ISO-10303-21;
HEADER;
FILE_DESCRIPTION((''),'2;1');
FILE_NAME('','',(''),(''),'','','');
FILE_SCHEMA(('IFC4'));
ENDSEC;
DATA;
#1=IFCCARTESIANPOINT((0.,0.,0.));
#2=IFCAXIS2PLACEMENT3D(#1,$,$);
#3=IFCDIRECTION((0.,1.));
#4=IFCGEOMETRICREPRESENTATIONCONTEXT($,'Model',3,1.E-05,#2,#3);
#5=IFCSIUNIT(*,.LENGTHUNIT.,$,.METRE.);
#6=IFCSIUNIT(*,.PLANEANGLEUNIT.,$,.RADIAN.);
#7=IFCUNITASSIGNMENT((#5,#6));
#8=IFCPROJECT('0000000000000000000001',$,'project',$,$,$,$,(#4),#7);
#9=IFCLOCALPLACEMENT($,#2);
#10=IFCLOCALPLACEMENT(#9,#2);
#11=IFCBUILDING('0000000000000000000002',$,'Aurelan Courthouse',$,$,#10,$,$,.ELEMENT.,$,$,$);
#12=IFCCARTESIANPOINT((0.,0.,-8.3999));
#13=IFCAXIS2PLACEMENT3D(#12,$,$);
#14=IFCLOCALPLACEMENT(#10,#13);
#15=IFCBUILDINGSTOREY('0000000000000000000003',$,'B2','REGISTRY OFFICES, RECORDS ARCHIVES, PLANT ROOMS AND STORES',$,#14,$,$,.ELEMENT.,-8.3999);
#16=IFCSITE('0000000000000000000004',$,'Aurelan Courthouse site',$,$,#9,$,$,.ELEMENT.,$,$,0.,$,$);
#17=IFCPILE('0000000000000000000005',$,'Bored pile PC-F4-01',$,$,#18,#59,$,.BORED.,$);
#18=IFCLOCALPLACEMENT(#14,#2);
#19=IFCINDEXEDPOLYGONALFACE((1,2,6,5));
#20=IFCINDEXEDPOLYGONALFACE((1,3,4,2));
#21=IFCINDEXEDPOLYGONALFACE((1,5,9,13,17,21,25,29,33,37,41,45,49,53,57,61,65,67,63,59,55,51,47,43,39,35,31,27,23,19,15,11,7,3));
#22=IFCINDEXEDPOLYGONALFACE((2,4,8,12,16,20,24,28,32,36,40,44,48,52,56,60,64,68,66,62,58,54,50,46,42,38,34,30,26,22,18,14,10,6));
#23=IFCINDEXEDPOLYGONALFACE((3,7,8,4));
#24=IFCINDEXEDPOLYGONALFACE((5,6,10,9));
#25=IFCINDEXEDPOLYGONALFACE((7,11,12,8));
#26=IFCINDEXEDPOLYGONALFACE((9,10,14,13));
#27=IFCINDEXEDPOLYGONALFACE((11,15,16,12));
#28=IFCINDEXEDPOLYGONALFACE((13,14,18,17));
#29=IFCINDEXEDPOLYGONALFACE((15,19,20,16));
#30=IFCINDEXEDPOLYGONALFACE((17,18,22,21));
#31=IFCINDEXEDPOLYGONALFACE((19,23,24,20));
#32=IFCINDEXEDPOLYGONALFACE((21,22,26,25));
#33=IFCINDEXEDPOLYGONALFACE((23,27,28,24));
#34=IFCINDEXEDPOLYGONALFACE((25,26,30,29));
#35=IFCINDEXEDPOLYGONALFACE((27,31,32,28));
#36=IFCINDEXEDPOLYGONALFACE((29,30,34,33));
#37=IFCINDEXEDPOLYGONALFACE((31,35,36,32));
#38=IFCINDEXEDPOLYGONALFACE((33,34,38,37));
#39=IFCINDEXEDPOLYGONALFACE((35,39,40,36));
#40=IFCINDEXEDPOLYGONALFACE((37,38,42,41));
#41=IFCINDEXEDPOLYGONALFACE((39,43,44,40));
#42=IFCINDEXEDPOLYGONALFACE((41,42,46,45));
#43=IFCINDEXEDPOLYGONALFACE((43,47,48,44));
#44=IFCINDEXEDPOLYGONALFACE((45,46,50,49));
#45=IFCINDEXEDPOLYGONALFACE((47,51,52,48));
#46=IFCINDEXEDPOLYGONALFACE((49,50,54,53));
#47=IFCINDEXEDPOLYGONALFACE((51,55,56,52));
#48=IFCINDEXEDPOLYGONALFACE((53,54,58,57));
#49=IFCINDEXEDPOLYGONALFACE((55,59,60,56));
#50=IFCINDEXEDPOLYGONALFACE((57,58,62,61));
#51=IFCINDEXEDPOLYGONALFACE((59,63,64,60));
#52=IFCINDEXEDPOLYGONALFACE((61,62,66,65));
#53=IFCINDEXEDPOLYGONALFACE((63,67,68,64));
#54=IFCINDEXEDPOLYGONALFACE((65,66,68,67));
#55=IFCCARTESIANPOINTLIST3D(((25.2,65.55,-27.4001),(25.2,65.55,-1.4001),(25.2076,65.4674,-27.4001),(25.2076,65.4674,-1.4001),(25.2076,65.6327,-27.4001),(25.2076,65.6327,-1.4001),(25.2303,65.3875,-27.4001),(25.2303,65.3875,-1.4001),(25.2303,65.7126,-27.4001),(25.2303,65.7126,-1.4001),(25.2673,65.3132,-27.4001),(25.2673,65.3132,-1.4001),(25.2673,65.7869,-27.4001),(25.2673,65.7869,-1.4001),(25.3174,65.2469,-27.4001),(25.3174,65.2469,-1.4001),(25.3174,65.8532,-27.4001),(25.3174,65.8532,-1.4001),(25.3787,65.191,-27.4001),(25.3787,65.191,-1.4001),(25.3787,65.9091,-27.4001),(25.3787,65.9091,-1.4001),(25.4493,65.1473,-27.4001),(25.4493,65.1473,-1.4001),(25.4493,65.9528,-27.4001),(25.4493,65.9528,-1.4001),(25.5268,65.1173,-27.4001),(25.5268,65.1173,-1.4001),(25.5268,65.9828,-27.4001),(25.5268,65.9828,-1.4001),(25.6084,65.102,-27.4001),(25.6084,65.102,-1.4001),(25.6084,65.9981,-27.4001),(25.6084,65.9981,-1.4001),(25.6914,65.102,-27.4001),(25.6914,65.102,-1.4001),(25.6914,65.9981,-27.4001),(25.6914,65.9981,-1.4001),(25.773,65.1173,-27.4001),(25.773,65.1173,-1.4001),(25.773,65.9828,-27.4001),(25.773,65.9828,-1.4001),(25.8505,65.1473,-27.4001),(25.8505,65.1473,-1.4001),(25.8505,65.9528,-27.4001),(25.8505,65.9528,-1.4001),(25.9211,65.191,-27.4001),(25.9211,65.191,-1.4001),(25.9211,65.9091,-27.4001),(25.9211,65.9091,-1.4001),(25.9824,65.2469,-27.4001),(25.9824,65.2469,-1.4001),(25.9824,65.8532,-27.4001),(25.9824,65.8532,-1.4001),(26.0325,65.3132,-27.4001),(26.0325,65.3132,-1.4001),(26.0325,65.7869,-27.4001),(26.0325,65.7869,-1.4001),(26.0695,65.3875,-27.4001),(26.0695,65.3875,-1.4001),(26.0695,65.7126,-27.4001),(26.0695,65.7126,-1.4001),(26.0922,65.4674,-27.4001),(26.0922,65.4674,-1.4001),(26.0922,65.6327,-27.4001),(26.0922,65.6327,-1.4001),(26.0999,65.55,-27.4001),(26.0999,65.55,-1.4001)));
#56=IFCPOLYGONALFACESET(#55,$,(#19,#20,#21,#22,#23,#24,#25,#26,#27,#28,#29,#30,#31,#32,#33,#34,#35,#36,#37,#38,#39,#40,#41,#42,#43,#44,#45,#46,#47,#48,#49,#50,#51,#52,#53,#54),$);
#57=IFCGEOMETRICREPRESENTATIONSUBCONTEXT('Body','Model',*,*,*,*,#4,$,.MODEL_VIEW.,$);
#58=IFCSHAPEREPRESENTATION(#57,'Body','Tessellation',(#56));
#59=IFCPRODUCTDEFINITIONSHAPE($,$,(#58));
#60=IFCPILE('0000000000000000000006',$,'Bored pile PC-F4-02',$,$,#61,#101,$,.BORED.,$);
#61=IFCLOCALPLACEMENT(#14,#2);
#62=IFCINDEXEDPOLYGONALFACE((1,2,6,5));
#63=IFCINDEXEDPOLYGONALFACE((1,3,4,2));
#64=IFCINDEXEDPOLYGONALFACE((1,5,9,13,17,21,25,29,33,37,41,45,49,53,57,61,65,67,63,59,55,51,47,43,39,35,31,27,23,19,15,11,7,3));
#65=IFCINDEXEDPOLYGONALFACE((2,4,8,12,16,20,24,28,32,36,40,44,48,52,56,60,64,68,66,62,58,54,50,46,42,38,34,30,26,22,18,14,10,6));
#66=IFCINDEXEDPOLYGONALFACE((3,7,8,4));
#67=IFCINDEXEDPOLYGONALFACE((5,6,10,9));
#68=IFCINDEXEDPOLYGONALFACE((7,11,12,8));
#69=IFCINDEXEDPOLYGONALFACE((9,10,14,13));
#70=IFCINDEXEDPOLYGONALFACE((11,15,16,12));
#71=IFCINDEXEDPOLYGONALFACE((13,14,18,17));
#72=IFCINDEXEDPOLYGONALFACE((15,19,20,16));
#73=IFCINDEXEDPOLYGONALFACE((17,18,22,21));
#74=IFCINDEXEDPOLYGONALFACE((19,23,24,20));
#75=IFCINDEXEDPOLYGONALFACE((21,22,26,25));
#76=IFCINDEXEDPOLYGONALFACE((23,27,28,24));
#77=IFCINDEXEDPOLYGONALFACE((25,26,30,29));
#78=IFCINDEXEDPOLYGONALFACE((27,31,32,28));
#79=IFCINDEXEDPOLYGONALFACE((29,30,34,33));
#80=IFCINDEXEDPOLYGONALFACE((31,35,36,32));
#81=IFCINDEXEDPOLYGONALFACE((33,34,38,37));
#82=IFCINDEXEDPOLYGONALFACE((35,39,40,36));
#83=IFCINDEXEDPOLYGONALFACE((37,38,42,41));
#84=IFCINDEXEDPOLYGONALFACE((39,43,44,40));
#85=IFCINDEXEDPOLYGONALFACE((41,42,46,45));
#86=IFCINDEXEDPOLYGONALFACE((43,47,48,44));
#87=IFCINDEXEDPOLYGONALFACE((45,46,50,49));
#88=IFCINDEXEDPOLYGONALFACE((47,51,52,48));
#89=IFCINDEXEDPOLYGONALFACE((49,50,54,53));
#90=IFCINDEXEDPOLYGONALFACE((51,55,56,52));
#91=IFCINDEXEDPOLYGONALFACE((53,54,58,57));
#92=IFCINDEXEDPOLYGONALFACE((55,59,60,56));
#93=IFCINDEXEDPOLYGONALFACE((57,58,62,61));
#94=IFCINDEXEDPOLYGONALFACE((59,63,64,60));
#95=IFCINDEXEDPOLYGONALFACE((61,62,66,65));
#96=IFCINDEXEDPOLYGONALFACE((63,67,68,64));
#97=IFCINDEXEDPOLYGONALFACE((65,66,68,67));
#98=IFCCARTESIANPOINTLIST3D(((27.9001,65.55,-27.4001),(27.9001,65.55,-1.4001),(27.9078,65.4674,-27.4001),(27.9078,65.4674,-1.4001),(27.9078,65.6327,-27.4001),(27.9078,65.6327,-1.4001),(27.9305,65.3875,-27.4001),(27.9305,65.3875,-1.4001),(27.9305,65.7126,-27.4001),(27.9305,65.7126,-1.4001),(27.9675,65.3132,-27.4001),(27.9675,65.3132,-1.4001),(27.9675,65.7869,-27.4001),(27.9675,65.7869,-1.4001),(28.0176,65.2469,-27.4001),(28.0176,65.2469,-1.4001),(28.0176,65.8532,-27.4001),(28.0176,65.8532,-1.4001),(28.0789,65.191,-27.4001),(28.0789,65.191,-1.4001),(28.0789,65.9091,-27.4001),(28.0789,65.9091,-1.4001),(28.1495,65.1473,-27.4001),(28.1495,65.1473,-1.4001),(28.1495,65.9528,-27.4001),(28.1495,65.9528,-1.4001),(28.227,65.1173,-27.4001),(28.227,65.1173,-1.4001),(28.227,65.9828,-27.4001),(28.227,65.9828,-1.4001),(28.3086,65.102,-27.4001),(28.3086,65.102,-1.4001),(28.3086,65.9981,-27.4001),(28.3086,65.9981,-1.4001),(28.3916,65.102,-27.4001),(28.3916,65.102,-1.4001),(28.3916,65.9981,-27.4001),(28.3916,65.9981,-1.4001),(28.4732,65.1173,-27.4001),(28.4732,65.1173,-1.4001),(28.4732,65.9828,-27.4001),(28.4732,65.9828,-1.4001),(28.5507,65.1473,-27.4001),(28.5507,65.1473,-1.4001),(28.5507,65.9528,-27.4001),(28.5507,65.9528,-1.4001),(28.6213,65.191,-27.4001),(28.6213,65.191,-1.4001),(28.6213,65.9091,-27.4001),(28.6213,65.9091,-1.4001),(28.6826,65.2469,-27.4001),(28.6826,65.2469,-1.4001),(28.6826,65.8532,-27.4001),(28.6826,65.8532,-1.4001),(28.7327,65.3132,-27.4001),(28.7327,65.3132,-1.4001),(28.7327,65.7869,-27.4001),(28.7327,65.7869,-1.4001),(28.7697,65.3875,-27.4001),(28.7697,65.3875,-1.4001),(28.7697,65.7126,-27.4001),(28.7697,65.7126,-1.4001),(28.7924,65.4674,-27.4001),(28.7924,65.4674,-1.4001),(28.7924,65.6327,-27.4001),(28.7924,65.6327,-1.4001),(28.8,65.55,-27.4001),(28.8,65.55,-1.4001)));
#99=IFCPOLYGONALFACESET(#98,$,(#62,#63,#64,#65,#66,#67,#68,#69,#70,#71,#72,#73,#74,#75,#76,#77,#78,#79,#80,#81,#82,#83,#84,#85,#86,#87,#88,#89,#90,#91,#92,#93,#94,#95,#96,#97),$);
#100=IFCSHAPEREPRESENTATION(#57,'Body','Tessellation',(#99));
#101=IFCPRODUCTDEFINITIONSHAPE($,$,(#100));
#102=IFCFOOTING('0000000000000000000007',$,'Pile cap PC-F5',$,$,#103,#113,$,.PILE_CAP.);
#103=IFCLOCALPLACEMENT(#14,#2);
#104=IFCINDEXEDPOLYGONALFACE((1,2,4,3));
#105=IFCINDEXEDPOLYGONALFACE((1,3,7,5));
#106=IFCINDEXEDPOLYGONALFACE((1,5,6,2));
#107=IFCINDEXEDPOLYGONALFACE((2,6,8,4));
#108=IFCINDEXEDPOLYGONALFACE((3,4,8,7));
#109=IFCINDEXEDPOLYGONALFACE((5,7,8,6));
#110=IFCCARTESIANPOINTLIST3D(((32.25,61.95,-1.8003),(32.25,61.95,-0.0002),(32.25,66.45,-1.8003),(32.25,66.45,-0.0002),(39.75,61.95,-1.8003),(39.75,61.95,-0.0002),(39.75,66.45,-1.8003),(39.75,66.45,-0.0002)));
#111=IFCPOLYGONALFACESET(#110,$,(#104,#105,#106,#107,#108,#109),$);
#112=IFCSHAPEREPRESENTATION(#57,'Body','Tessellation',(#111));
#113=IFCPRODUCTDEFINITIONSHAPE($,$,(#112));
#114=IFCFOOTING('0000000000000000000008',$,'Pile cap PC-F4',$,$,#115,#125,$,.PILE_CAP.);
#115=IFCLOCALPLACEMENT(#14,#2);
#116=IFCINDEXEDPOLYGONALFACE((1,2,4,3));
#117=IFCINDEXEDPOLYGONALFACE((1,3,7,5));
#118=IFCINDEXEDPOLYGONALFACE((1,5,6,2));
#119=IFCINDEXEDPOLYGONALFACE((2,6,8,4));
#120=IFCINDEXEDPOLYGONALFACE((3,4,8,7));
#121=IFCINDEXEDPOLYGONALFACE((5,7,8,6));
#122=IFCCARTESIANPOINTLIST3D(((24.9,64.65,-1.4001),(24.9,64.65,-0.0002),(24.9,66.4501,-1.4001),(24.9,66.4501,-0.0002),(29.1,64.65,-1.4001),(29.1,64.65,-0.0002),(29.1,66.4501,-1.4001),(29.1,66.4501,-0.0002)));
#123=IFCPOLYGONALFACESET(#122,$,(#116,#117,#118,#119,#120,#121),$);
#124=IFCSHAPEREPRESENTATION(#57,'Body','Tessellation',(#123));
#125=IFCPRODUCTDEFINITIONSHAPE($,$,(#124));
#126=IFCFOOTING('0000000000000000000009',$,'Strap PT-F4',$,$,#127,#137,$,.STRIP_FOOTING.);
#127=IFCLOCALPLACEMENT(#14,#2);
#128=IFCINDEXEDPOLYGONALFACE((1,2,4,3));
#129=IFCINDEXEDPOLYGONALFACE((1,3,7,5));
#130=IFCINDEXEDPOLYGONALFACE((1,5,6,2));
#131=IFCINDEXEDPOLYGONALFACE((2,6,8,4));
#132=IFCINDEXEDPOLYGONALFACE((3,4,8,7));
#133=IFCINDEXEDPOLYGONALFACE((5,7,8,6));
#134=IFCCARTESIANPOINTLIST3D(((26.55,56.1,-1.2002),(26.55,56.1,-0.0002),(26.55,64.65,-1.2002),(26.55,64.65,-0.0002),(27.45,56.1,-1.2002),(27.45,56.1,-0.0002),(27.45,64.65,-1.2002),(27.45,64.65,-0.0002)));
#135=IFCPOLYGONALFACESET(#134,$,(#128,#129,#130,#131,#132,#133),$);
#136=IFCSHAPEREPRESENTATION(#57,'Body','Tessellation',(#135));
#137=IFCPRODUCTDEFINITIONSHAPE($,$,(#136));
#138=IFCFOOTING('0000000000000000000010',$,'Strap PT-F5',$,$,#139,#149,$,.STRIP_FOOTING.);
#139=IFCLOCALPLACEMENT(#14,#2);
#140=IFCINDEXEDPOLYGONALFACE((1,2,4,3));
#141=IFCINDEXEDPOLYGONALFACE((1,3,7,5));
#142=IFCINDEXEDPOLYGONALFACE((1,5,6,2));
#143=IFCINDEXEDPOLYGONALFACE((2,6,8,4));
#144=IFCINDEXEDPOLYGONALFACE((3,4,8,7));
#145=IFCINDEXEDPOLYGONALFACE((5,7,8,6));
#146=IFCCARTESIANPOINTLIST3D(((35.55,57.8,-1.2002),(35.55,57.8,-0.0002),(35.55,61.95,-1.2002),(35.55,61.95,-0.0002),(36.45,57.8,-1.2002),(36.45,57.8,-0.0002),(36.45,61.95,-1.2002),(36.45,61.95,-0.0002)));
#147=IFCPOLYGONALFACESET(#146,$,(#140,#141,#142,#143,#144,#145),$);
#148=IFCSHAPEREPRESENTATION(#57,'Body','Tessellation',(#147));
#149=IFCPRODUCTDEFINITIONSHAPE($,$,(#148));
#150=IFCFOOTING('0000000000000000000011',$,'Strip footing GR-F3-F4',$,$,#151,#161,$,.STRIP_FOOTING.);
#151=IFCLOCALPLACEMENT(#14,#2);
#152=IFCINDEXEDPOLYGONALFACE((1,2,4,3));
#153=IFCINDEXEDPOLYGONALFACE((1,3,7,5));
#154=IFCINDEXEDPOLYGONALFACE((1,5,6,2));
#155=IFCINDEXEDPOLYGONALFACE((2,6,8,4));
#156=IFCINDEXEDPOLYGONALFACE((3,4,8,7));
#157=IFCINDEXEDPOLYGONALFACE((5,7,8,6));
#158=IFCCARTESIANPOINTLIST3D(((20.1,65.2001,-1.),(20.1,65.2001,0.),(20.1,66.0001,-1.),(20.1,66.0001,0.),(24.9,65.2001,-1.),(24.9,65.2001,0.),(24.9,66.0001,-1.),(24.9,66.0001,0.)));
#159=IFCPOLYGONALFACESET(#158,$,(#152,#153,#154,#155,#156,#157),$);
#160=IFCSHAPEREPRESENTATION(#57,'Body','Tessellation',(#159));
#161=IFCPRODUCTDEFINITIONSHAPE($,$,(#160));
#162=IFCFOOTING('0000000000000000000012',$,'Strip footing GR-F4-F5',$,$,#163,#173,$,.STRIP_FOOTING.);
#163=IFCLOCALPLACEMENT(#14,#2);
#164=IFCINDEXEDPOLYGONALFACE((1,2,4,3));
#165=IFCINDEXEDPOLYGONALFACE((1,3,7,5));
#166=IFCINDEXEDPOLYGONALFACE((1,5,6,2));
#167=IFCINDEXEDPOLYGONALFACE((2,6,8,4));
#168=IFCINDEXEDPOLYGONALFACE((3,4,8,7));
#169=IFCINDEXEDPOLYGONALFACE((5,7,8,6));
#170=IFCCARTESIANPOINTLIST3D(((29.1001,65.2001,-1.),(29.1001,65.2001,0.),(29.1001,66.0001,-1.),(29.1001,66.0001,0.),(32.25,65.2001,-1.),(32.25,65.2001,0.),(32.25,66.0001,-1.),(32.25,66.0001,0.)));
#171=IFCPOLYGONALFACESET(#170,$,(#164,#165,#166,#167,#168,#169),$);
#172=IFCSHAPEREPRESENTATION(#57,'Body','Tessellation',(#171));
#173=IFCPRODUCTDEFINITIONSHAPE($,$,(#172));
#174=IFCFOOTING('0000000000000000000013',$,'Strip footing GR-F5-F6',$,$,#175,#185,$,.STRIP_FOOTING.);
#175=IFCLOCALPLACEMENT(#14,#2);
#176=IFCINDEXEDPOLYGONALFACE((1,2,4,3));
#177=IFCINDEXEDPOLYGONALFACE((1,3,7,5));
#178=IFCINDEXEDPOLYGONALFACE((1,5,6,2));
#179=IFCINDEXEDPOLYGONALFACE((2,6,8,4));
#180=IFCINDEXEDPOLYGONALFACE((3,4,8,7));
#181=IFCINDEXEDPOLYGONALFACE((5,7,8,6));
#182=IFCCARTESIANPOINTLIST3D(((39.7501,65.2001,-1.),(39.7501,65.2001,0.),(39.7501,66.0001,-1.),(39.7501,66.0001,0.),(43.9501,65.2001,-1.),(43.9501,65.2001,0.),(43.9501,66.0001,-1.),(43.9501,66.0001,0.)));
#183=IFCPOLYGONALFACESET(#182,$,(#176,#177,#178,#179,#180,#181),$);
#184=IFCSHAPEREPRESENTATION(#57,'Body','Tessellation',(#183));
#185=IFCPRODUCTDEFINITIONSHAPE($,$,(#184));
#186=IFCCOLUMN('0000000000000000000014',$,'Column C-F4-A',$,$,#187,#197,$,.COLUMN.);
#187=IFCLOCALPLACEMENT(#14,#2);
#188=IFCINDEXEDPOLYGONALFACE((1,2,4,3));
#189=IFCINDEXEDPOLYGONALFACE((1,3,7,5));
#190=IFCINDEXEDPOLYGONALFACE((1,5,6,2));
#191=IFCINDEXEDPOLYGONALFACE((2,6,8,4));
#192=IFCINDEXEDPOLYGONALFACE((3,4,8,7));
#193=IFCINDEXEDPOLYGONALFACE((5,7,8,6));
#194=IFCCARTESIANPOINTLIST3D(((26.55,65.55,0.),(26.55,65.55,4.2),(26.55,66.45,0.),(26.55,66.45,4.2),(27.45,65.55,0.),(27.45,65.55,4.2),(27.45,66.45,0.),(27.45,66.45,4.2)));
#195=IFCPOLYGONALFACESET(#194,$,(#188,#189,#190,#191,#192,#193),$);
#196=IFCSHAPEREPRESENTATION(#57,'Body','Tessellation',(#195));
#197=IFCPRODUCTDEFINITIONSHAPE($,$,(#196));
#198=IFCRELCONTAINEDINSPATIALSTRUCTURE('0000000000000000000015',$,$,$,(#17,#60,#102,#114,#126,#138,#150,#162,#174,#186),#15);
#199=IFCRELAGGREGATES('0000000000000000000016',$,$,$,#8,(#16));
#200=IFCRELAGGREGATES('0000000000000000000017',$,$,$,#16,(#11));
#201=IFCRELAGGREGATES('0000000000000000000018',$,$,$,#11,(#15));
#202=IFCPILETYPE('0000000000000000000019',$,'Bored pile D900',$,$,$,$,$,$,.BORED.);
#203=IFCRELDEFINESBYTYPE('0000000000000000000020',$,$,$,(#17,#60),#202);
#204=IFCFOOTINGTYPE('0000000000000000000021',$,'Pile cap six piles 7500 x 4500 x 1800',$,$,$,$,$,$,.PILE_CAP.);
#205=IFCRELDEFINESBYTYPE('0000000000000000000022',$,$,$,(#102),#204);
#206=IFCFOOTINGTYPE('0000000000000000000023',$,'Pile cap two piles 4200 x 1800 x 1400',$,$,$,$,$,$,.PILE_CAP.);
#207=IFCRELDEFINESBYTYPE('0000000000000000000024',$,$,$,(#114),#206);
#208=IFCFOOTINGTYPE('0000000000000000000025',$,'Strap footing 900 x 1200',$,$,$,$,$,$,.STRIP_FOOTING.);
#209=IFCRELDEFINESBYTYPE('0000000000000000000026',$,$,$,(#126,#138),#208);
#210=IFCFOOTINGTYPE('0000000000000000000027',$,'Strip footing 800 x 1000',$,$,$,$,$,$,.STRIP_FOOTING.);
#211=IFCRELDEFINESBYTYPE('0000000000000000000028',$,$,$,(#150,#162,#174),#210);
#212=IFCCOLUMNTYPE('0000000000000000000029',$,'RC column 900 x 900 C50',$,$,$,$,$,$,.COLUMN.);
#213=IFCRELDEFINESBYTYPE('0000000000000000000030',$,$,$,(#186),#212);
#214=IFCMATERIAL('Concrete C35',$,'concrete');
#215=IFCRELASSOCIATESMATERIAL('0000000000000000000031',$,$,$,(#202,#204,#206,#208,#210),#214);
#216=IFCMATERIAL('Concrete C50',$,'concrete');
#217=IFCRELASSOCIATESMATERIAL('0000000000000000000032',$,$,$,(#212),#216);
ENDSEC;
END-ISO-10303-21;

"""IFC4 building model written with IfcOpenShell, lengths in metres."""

from ifc_helpers import new_model, si_unit, direction, frame, origin, origin_2d, place, context, subcontext, project, spatial, rectangle, circle, extrude, material, material_profile, profile_set, type_object, element, save


model = new_model("IFC4")

# Units and contexts
model_context = context("Model", 3, precision=1e-05, world=origin(), true_north=direction((0.0, 1.0)))
body_context = subcontext(model_context, "Body", "Model", "MODEL_VIEW")
ifc_project = project(units=[si_unit("LENGTHUNIT", "METRE"), si_unit("PLANEANGLEUNIT", "RADIAN")], contexts=[model_context])

# Site, building, storey
site_placement = place(None, origin())
site = spatial("IfcSite", under=ifc_project, at=site_placement, Name="Aurelan Courthouse site", CompositionType="ELEMENT", RefElevation=0.0)
building_placement = place(site_placement, origin())
building = spatial("IfcBuilding", under=site, at=building_placement, Name="Aurelan Courthouse", CompositionType="ELEMENT")
storey_placement = place(building_placement, frame((0.0, 0.0, -8.3999)))
storey = spatial("IfcBuildingStorey", under=building, at=storey_placement, Name="B2", Description="REGISTRY OFFICES, RECORDS ARCHIVES, PLANT ROOMS AND STORES", CompositionType="ELEMENT", Elevation=-8.3999)

# Piles
ifc_material_1 = material(Name="Concrete C35", Category="concrete")
ifc_material_profile_1 = material_profile(ifc_material_1, circle(Radius=0.45, at=origin_2d()), Name="D900")
ifc_profile_set_1 = profile_set([ifc_material_profile_1], Name="Concrete C35")
pile_type_1 = type_object("IfcPileType", Name="Bored pile D900", PredefinedType="BORED", material=ifc_profile_set_1)
for number, where, z_axis, x_axis, name in (
    (1, (25.6499, 65.55, -1.4001), (0.0, 0.0, -1.0), (1.0, 0.0, 0.0), "Bored pile PC-F4-01"),
    (2, (28.3501, 65.55, -1.4001), (0.0, 0.0, -1.0), (1.0, 0.0, 0.0), "Bored pile PC-F4-02"),
):
    element("IfcPile", number, at=place(storey_placement, frame(where, z_axis=z_axis, x_axis=x_axis)), inside=storey, type_object=pile_type_1, Name=name, PredefinedType="BORED", context=body_context, shape_type="SweptSolid", body=[
        extrude(circle(Radius=0.45, at=origin_2d()), origin(), (0.0, 0.0, 1.0), 26.0),
    ])

# Footings
footing_type_1 = type_object("IfcFootingType", Name="Pile cap six piles 7500 x 4500 x 1800", PredefinedType="PILE_CAP", material=ifc_material_1)
footing_1_placement = place(storey_placement, frame((36.0, 64.2, -1.8003), z_axis=(0.0, 0.0, 1.0), x_axis=(1.0, 0.0, 0.0)))
element("IfcFooting", 3, at=footing_1_placement, inside=storey, type_object=footing_type_1, Name="Pile cap PC-F5", PredefinedType="PILE_CAP", context=body_context, shape_type="SweptSolid", body=[
    extrude(rectangle(XDim=7.5, YDim=4.5, at=origin_2d()), origin(), (0.0, 0.0, 1.0), 1.8),
])
footing_type_2 = type_object("IfcFootingType", Name="Pile cap two piles 4200 x 1800 x 1400", PredefinedType="PILE_CAP", material=ifc_material_1)
footing_2_placement = place(storey_placement, frame((27.0, 65.55, -1.4001), z_axis=(0.0, 0.0, 1.0), x_axis=(1.0, 0.0, 0.0)))
element("IfcFooting", 4, at=footing_2_placement, inside=storey, type_object=footing_type_2, Name="Pile cap PC-F4", PredefinedType="PILE_CAP", context=body_context, shape_type="SweptSolid", body=[
    extrude(rectangle(XDim=4.2, YDim=1.8, at=origin_2d()), origin(), (0.0, 0.0, 1.0), 1.3999),
])
footing_type_3 = type_object("IfcFootingType", Name="Strap footing 900 x 1200", PredefinedType="STRIP_FOOTING", material=ifc_material_1)
footing_3_placement = place(storey_placement, frame((27.0, 60.375, -1.2002), z_axis=(0.0, 0.0, 1.0), x_axis=(1.0, 0.0, 0.0)))
element("IfcFooting", 5, at=footing_3_placement, inside=storey, type_object=footing_type_3, Name="Strap PT-F4", PredefinedType="STRIP_FOOTING", context=body_context, shape_type="SweptSolid", body=[
    extrude(rectangle(XDim=0.8999, YDim=8.55, at=origin_2d()), origin(), (0.0, 0.0, 1.0), 1.2),
])
footing_4_placement = place(storey_placement, frame((36.0, 59.875, -1.2002), z_axis=(0.0, 0.0, 1.0), x_axis=(1.0, 0.0, 0.0)))
element("IfcFooting", 6, at=footing_4_placement, inside=storey, type_object=footing_type_3, Name="Strap PT-F5", PredefinedType="STRIP_FOOTING", context=body_context, shape_type="SweptSolid", body=[
    extrude(rectangle(XDim=0.8999, YDim=4.1499, at=origin_2d()), origin(), (0.0, 0.0, 1.0), 1.2),
])
footing_type_4 = type_object("IfcFootingType", Name="Strip footing 800 x 1000", PredefinedType="STRIP_FOOTING", material=ifc_material_1)
footing_5_placement = place(storey_placement, frame((22.5, 65.6001, -1.0), z_axis=(0.0, 0.0, 1.0), x_axis=(1.0, 0.0, 0.0)))
element("IfcFooting", 7, at=footing_5_placement, inside=storey, type_object=footing_type_4, Name="Strip footing GR-F3-F4", PredefinedType="STRIP_FOOTING", context=body_context, shape_type="SweptSolid", body=[
    extrude(rectangle(XDim=4.8, YDim=0.8, at=origin_2d()), origin(), (0.0, 0.0, 1.0), 1.0),
])
footing_6_placement = place(storey_placement, frame((30.675, 65.6001, -1.0), z_axis=(0.0, 0.0, 1.0), x_axis=(1.0, 0.0, 0.0)))
element("IfcFooting", 8, at=footing_6_placement, inside=storey, type_object=footing_type_4, Name="Strip footing GR-F4-F5", PredefinedType="STRIP_FOOTING", context=body_context, shape_type="SweptSolid", body=[
    extrude(rectangle(XDim=3.1499, YDim=0.8, at=origin_2d()), origin(), (0.0, 0.0, 1.0), 1.0),
])
footing_7_placement = place(storey_placement, frame((41.8501, 65.6001, -1.0), z_axis=(0.0, 0.0, 1.0), x_axis=(1.0, 0.0, 0.0)))
element("IfcFooting", 9, at=footing_7_placement, inside=storey, type_object=footing_type_4, Name="Strip footing GR-F5-F6", PredefinedType="STRIP_FOOTING", context=body_context, shape_type="SweptSolid", body=[
    extrude(rectangle(XDim=4.2, YDim=0.8, at=origin_2d()), origin(), (0.0, 0.0, 1.0), 1.0),
])

# Column
ifc_material_2 = material(Name="Concrete C50", Category="concrete")
ifc_material_profile_2 = material_profile(ifc_material_2, rectangle(XDim=0.8999, YDim=0.8999, at=origin_2d()), Name="RC 900 x 900")
ifc_profile_set_2 = profile_set([ifc_material_profile_2], Name="Concrete C50")
column_type = type_object("IfcColumnType", Name="RC column 900 x 900 C50", PredefinedType="COLUMN", material=ifc_profile_set_2)
for number, where, z_axis, x_axis, name in (
    (10, (27.0, 66.0, 0.0), (0.0, 0.0, 1.0), (1.0, 0.0, 0.0), "Column C-F4-A"),
):
    element("IfcColumn", number, at=place(storey_placement, frame(where, z_axis=z_axis, x_axis=x_axis)), inside=storey, type_object=column_type, Name=name, PredefinedType="COLUMN", context=body_context, shape_type="SweptSolid", body=[
        extrude(rectangle(XDim=0.8999, YDim=0.8999, at=origin_2d()), origin(), (0.0, 0.0, 1.0), 4.2),
    ])

save(model, "model.ifc")
